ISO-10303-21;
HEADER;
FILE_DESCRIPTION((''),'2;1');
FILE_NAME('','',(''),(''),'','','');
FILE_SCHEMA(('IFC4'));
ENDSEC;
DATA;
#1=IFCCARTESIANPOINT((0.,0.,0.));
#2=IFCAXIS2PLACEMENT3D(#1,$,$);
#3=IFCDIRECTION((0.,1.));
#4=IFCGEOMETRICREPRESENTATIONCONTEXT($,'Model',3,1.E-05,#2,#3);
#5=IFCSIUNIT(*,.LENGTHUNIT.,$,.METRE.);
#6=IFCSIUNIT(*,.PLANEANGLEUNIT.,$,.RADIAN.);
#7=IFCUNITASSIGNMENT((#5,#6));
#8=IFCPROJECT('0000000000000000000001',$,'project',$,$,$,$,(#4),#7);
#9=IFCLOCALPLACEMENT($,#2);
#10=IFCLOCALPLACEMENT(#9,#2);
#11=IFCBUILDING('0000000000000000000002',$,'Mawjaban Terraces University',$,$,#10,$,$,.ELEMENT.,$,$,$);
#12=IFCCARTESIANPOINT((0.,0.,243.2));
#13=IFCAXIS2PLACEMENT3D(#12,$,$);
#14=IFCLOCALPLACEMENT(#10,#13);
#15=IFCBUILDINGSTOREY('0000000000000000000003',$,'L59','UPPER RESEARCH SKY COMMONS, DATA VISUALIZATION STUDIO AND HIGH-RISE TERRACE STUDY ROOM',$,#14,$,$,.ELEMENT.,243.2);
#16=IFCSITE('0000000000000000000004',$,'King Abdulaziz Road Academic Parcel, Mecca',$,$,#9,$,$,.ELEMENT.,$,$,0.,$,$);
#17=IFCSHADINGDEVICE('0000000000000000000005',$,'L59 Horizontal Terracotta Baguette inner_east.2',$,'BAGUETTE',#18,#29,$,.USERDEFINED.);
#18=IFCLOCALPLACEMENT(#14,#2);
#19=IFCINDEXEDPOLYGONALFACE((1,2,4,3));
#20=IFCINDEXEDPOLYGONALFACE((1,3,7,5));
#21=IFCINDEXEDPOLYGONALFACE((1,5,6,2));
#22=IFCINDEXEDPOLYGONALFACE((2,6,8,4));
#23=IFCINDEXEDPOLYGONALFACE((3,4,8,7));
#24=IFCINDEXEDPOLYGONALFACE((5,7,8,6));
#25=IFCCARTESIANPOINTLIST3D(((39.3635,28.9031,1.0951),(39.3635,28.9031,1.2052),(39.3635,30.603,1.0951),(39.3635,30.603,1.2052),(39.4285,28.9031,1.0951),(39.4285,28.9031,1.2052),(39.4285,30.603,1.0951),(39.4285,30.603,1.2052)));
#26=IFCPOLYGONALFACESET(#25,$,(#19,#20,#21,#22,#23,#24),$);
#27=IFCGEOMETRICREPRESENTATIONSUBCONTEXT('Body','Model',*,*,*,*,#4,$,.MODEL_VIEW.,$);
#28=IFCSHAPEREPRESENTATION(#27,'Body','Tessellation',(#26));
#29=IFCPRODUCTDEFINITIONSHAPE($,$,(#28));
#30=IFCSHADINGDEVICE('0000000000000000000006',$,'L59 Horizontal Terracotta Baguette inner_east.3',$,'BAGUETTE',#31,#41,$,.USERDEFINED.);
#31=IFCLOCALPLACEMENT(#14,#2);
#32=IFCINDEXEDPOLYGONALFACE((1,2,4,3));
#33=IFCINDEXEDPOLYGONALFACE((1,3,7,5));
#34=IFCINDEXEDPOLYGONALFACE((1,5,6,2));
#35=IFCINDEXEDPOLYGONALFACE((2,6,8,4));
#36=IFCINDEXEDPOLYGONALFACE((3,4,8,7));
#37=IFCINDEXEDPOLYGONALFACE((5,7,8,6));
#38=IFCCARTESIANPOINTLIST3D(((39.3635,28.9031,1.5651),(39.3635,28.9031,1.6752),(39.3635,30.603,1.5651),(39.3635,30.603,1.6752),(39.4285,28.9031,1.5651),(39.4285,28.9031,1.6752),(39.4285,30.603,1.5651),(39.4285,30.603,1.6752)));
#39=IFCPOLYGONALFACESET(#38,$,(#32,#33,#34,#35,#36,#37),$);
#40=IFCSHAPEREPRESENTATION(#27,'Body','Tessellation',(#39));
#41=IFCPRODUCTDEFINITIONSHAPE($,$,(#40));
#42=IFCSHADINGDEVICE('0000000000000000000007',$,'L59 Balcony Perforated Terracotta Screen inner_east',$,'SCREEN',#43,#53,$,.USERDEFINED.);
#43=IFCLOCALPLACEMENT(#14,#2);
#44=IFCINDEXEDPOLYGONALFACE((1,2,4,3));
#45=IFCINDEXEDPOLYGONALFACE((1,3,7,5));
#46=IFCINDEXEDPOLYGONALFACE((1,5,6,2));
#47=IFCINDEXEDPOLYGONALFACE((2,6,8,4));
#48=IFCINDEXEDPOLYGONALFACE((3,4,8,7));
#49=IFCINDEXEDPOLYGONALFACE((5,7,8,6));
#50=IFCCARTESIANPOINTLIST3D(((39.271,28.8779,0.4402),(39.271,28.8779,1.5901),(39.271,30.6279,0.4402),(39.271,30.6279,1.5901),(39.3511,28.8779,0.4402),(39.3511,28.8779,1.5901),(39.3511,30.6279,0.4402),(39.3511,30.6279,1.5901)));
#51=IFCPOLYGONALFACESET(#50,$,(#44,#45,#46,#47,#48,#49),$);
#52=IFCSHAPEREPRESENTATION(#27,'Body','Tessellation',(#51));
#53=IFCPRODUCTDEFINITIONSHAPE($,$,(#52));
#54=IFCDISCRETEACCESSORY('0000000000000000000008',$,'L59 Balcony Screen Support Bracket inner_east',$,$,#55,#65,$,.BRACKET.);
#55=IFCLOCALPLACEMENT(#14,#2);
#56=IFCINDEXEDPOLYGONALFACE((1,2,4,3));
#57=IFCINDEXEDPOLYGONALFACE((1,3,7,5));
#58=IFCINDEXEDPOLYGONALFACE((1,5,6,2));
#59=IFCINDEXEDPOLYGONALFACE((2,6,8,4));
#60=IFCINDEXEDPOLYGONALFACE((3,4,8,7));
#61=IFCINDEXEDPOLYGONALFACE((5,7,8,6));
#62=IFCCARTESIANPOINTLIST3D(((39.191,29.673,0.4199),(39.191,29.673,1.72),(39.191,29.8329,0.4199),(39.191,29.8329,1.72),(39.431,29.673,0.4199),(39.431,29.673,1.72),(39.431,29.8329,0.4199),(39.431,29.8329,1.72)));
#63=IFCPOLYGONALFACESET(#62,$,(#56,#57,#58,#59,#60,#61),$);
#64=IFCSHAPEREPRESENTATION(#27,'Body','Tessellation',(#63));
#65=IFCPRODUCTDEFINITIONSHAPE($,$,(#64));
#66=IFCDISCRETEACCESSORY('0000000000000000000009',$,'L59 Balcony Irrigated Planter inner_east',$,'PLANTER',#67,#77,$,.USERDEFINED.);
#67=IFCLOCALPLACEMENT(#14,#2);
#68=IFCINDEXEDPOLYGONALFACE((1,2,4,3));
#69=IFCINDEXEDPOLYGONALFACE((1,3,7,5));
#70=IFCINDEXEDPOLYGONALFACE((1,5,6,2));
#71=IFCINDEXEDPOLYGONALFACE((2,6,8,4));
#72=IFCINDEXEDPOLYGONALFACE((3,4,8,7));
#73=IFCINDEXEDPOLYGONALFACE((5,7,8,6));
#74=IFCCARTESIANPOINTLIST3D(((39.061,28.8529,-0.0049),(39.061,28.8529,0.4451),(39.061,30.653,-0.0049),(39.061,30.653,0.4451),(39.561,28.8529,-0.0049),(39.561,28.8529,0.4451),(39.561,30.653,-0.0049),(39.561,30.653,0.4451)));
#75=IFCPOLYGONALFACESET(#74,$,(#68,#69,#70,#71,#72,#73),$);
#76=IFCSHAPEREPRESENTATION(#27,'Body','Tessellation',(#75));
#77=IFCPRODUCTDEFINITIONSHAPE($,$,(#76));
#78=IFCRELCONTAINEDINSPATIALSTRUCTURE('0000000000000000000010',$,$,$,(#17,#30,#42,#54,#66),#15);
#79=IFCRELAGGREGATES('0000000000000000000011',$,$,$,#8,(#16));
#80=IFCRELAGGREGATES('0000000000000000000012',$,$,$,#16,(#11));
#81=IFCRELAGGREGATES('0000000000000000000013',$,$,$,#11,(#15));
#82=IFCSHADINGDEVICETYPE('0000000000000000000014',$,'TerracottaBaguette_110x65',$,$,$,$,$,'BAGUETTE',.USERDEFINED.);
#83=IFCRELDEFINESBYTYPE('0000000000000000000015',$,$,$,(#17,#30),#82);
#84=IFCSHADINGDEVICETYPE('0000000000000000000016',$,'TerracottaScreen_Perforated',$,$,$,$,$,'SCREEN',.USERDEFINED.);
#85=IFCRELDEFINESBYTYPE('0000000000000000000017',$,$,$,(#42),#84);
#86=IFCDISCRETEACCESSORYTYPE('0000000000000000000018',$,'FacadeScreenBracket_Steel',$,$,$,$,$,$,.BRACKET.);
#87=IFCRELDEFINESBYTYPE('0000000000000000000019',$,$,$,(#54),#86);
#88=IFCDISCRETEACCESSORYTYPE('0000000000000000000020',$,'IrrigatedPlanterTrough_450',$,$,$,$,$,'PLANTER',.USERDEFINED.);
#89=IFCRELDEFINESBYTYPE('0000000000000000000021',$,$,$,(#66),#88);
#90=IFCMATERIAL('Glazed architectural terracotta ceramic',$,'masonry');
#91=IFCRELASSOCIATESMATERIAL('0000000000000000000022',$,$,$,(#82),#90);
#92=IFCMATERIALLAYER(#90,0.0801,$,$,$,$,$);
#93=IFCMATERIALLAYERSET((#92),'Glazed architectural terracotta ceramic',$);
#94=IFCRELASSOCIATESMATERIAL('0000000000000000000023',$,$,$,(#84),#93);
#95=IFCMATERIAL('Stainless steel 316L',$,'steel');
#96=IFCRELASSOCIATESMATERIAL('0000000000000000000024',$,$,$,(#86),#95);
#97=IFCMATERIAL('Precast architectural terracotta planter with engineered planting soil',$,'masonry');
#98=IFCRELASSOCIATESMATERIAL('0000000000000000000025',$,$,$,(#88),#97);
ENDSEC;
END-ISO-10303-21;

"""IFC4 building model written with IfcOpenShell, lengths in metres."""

from ifc_helpers import new_model, si_unit, direction, frame, origin, origin_2d, place, context, subcontext, project, spatial, rectangle, extrude, material, layer, layer_set, material_profile, profile_set, type_object, element, save


model = new_model("IFC4")

# Units and contexts
model_context = context("Model", 3, precision=1e-05, world=origin(), true_north=direction((0.0, 1.0)))
body_context = subcontext(model_context, "Body", "Model", "MODEL_VIEW")
ifc_project = project(units=[si_unit("LENGTHUNIT", "METRE"), si_unit("PLANEANGLEUNIT", "RADIAN")], contexts=[model_context])

# Site, building, storey
site_placement = place(None, origin())
site = spatial("IfcSite", under=ifc_project, at=site_placement, Name="King Abdulaziz Road Academic Parcel, Mecca", CompositionType="ELEMENT", RefElevation=0.0)
building_placement = place(site_placement, origin())
building = spatial("IfcBuilding", under=site, at=building_placement, Name="Mawjaban Terraces University", CompositionType="ELEMENT")
storey_placement = place(building_placement, frame((0.0, 0.0, 243.2)))
storey = spatial("IfcBuildingStorey", under=building, at=storey_placement, Name="L59", Description="UPPER RESEARCH SKY COMMONS, DATA VISUALIZATION STUDIO AND HIGH-RISE TERRACE STUDY ROOM", CompositionType="ELEMENT", Elevation=243.2)

# Shading devices
ifc_material_1 = material(Name="Glazed architectural terracotta ceramic", Category="masonry")
ifc_material_profile_1 = material_profile(ifc_material_1, rectangle(XDim=0.0649, YDim=0.1101, at=origin_2d()), Name="TBAG110X65")
ifc_profile_set_1 = profile_set([ifc_material_profile_1], Name="Glazed architectural terracotta ceramic")
shading_device_type_1 = type_object("IfcShadingDeviceType", Name="TerracottaBaguette_110x65", ElementType="BAGUETTE", PredefinedType="USERDEFINED", material=ifc_profile_set_1)
for number, where, z_axis, x_axis, name in (
    (1, (39.396, 28.9031, 1.1501), (0.0, 1.0, 0.0), (-1.0, 0.0, 0.0), "L59 Horizontal Terracotta Baguette inner_east.2"),
    (2, (39.396, 28.9031, 1.6201), (0.0, 1.0, 0.0), (-1.0, 0.0, 0.0), "L59 Horizontal Terracotta Baguette inner_east.3"),
):
    element("IfcShadingDevice", number, at=place(storey_placement, frame(where, z_axis=z_axis, x_axis=x_axis)), inside=storey, type_object=shading_device_type_1, Name=name, ObjectType="BAGUETTE", PredefinedType="USERDEFINED", context=body_context, shape_type="SweptSolid", body=[
        extrude(rectangle(XDim=0.0649, YDim=0.1101, at=origin_2d()), origin(), (0.0, 0.0, 1.0), 1.7),
    ])
ifc_layer_1 = layer(ifc_material_1, 0.0801)
ifc_layer_set_1 = layer_set([ifc_layer_1], Name="Glazed architectural terracotta ceramic")
shading_device_type_2 = type_object("IfcShadingDeviceType", Name="TerracottaScreen_Perforated", ElementType="SCREEN", PredefinedType="USERDEFINED", material=ifc_layer_set_1)
shading_device_placement = place(storey_placement, frame((39.311, 29.7529, 0.4402), z_axis=(0.0, 0.0, 1.0), x_axis=(0.0, 1.0, 0.0)))
element("IfcShadingDevice", 3, at=shading_device_placement, inside=storey, type_object=shading_device_type_2, Name="L59 Balcony Perforated Terracotta Screen inner_east", ObjectType="SCREEN", PredefinedType="USERDEFINED", context=body_context, shape_type="SweptSolid", body=[
    extrude(rectangle(XDim=1.75, YDim=0.0801, at=origin_2d()), origin(), (0.0, 0.0, 1.0), 1.1499),
])

# Discrete accessories
ifc_material_2 = material(Name="Stainless steel 316L", Category="steel")
discrete_accessory_type_1 = type_object("IfcDiscreteAccessoryType", Name="FacadeScreenBracket_Steel", PredefinedType="BRACKET", material=ifc_material_2)
discrete_accessory_1_placement = place(storey_placement, frame((39.311, 29.7529, 0.4199), z_axis=(0.0, 0.0, 1.0), x_axis=(0.0, 1.0, 0.0)))
element("IfcDiscreteAccessory", 4, at=discrete_accessory_1_placement, inside=storey, type_object=discrete_accessory_type_1, Name="L59 Balcony Screen Support Bracket inner_east", PredefinedType="BRACKET", context=body_context, shape_type="SweptSolid", body=[
    extrude(rectangle(XDim=0.1599, YDim=0.24, at=origin_2d()), origin(), (0.0, 0.0, 1.0), 1.3),
])
ifc_material_3 = material(Name="Precast architectural terracotta planter with engineered planting soil", Category="masonry")
discrete_accessory_type_2 = type_object("IfcDiscreteAccessoryType", Name="IrrigatedPlanterTrough_450", ElementType="PLANTER", PredefinedType="USERDEFINED", material=ifc_material_3)
discrete_accessory_2_placement = place(storey_placement, frame((39.311, 29.7529, -0.0049), z_axis=(0.0, 0.0, 1.0), x_axis=(0.0, 1.0, 0.0)))
element("IfcDiscreteAccessory", 5, at=discrete_accessory_2_placement, inside=storey, type_object=discrete_accessory_type_2, Name="L59 Balcony Irrigated Planter inner_east", ObjectType="PLANTER", PredefinedType="USERDEFINED", context=body_context, shape_type="SweptSolid", body=[
    extrude(rectangle(XDim=1.8, YDim=0.5, at=origin_2d()), origin(), (0.0, 0.0, 1.0), 0.45),
])

save(model, "model.ifc")
